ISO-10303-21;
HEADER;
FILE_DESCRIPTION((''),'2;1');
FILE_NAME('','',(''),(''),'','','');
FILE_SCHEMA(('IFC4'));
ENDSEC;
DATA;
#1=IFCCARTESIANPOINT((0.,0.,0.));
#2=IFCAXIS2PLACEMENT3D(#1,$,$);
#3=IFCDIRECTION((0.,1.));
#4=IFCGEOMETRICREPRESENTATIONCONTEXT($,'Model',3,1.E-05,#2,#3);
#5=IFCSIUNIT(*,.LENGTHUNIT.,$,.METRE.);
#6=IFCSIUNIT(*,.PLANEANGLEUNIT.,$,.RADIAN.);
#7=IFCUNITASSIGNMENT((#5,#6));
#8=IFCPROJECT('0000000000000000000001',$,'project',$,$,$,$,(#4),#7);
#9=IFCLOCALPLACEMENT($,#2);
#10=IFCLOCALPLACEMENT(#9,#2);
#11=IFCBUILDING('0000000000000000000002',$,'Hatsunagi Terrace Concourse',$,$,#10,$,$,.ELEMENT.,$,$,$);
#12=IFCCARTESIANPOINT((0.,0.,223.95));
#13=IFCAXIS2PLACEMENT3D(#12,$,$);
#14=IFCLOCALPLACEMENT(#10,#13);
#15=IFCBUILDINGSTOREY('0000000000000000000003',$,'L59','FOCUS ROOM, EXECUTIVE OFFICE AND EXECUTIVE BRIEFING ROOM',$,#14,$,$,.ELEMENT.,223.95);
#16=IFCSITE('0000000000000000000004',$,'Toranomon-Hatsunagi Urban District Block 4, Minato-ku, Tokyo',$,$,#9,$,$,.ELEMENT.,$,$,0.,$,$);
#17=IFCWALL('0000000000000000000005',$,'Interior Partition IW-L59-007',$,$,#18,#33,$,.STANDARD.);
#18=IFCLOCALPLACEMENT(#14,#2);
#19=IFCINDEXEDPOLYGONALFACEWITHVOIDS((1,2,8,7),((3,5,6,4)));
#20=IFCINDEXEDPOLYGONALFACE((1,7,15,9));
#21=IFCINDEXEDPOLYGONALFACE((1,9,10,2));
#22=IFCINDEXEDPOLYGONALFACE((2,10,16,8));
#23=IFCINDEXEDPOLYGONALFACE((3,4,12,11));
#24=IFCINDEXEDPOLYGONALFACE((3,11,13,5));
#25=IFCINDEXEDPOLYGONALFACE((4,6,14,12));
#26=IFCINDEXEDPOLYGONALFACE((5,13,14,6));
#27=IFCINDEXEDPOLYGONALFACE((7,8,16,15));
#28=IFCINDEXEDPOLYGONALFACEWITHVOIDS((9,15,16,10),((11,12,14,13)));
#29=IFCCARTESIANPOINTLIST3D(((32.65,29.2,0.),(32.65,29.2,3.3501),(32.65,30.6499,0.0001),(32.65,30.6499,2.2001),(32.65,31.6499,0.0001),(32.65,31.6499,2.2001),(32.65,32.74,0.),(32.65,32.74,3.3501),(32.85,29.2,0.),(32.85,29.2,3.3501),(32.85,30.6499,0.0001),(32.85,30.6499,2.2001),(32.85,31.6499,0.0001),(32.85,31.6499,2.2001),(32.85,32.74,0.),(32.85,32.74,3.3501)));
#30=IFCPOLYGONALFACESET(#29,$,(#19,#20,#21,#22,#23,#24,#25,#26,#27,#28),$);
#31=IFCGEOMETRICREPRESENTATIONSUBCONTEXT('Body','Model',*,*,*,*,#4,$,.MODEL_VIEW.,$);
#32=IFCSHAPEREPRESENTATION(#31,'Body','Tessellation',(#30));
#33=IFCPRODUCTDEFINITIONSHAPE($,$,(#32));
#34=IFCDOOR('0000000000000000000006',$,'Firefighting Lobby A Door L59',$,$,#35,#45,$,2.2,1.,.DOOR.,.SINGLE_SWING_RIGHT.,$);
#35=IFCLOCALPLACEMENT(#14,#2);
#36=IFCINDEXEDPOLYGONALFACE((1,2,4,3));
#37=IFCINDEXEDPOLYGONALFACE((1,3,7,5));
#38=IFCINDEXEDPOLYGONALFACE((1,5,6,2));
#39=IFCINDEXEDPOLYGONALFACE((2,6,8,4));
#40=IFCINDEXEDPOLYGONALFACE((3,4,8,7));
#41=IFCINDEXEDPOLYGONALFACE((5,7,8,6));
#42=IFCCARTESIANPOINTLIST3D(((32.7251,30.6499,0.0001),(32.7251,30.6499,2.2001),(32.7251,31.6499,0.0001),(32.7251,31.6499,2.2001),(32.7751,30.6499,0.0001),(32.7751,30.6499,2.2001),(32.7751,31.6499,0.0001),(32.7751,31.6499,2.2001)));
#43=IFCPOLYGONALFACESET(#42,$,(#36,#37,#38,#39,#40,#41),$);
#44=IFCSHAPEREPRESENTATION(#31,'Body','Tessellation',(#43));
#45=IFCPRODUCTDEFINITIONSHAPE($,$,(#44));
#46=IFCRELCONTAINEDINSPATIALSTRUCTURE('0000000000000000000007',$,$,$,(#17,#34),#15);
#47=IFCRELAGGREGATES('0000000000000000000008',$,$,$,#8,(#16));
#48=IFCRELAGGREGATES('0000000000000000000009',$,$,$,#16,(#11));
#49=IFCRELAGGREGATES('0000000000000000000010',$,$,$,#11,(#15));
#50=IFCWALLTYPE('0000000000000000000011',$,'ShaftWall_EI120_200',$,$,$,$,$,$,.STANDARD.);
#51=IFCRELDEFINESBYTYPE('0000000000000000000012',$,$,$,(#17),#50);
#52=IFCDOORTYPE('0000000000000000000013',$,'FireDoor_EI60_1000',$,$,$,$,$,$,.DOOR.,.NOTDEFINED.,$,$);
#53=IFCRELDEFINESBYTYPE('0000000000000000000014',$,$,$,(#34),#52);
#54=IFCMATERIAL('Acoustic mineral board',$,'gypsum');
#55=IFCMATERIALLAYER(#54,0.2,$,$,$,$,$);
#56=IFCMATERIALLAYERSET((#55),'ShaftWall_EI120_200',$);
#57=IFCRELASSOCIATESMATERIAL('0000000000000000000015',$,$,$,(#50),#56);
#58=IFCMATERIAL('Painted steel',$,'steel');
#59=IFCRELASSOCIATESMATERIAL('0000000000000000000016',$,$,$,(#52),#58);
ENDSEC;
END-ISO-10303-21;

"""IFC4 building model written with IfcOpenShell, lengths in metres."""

from ifc_helpers import new_model, si_unit, direction, frame, frame_2d, origin, place, context, subcontext, project, spatial, rectangle, extrude, material, layer, layer_set, type_object, element, fill, save


model = new_model("IFC4")

# Units and contexts
model_context = context("Model", 3, precision=1e-05, world=origin(), true_north=direction((0.0, 1.0)))
body_context = subcontext(model_context, "Body", "Model", "MODEL_VIEW")
ifc_project = project(units=[si_unit("LENGTHUNIT", "METRE"), si_unit("PLANEANGLEUNIT", "RADIAN")], contexts=[model_context])

# Site, building, storey
site_placement = place(None, origin())
site = spatial("IfcSite", under=ifc_project, at=site_placement, Name="Toranomon-Hatsunagi Urban District Block 4, Minato-ku, Tokyo", CompositionType="ELEMENT", RefElevation=0.0)
building_placement = place(site_placement, origin())
building = spatial("IfcBuilding", under=site, at=building_placement, Name="Hatsunagi Terrace Concourse", CompositionType="ELEMENT")
storey_placement = place(building_placement, frame((0.0, 0.0, 223.95)))
storey = spatial("IfcBuildingStorey", under=building, at=storey_placement, Name="L59", Description="FOCUS ROOM, EXECUTIVE OFFICE AND EXECUTIVE BRIEFING ROOM", CompositionType="ELEMENT", Elevation=223.95)

# Shared definitions
ifc_material_1 = material(Name="Acoustic mineral board", Category="gypsum")
ifc_layer_1 = layer(ifc_material_1, 0.2)
ifc_layer_set_1 = layer_set([ifc_layer_1], Name="ShaftWall_EI120_200")
wall_type_1 = type_object("IfcWallType", Name="ShaftWall_EI120_200", PredefinedType="STANDARD", material=ifc_layer_set_1)

# Wall, opening, door
wall_1_placement = place(storey_placement, frame((32.75, 29.2, 0.0), z_axis=(0.0, 0.0, 1.0), x_axis=(0.0, 1.0, 0.0)))
wall_1 = element("IfcWall", 1, at=wall_1_placement, inside=storey, type_object=wall_type_1, Name="Interior Partition IW-L59-007", PredefinedType="STANDARD", context=body_context, shape_type="SweptSolid", body=[
    extrude(rectangle(XDim=3.54, YDim=0.2, at=frame_2d((1.77, 0.0))), origin(), (0.0, 0.0, 1.0), 3.3501),
])
opening_1_placement = place(wall_1_placement, frame((1.45, 0.0, 0.0)))
opening_1 = element("IfcOpeningElement", 2, at=opening_1_placement, cuts=wall_1, PredefinedType="OPENING", context=body_context, shape_type="SweptSolid", body=[
    extrude(rectangle(XDim=1.0, YDim=2.2, at=frame_2d((0.5, 1.1001))), frame((0.0, 0.1099, 0.0), z_axis=(0.0, -1.0, 0.0), x_axis=(1.0, 0.0, 0.0)), (0.0, 0.0, 1.0), 0.22),
])
ifc_material_2 = material(Name="Painted steel", Category="steel")
door_type_1 = type_object("IfcDoorType", Name="FireDoor_EI60_1000", OperationType="NOTDEFINED", PredefinedType="DOOR", material=ifc_material_2)
door_1_placement = place(opening_1_placement, origin())
door_1 = element("IfcDoor", 3, at=door_1_placement, inside=storey, type_object=door_type_1, Name="Firefighting Lobby A Door L59", OperationType="SINGLE_SWING_RIGHT", OverallHeight=2.2, OverallWidth=1.0, PredefinedType="DOOR", context=body_context, shape_type="SweptSolid", body=[
    extrude(rectangle(XDim=1.0, YDim=2.2, at=frame_2d((0.5, 1.1001))), frame((0.0, 0.0249, 0.0), z_axis=(0.0, -1.0, 0.0), x_axis=(1.0, 0.0, 0.0)), (0.0, 0.0, 1.0), 0.05),
])
fill(opening_1, door_1)

save(model, "model.ifc")
